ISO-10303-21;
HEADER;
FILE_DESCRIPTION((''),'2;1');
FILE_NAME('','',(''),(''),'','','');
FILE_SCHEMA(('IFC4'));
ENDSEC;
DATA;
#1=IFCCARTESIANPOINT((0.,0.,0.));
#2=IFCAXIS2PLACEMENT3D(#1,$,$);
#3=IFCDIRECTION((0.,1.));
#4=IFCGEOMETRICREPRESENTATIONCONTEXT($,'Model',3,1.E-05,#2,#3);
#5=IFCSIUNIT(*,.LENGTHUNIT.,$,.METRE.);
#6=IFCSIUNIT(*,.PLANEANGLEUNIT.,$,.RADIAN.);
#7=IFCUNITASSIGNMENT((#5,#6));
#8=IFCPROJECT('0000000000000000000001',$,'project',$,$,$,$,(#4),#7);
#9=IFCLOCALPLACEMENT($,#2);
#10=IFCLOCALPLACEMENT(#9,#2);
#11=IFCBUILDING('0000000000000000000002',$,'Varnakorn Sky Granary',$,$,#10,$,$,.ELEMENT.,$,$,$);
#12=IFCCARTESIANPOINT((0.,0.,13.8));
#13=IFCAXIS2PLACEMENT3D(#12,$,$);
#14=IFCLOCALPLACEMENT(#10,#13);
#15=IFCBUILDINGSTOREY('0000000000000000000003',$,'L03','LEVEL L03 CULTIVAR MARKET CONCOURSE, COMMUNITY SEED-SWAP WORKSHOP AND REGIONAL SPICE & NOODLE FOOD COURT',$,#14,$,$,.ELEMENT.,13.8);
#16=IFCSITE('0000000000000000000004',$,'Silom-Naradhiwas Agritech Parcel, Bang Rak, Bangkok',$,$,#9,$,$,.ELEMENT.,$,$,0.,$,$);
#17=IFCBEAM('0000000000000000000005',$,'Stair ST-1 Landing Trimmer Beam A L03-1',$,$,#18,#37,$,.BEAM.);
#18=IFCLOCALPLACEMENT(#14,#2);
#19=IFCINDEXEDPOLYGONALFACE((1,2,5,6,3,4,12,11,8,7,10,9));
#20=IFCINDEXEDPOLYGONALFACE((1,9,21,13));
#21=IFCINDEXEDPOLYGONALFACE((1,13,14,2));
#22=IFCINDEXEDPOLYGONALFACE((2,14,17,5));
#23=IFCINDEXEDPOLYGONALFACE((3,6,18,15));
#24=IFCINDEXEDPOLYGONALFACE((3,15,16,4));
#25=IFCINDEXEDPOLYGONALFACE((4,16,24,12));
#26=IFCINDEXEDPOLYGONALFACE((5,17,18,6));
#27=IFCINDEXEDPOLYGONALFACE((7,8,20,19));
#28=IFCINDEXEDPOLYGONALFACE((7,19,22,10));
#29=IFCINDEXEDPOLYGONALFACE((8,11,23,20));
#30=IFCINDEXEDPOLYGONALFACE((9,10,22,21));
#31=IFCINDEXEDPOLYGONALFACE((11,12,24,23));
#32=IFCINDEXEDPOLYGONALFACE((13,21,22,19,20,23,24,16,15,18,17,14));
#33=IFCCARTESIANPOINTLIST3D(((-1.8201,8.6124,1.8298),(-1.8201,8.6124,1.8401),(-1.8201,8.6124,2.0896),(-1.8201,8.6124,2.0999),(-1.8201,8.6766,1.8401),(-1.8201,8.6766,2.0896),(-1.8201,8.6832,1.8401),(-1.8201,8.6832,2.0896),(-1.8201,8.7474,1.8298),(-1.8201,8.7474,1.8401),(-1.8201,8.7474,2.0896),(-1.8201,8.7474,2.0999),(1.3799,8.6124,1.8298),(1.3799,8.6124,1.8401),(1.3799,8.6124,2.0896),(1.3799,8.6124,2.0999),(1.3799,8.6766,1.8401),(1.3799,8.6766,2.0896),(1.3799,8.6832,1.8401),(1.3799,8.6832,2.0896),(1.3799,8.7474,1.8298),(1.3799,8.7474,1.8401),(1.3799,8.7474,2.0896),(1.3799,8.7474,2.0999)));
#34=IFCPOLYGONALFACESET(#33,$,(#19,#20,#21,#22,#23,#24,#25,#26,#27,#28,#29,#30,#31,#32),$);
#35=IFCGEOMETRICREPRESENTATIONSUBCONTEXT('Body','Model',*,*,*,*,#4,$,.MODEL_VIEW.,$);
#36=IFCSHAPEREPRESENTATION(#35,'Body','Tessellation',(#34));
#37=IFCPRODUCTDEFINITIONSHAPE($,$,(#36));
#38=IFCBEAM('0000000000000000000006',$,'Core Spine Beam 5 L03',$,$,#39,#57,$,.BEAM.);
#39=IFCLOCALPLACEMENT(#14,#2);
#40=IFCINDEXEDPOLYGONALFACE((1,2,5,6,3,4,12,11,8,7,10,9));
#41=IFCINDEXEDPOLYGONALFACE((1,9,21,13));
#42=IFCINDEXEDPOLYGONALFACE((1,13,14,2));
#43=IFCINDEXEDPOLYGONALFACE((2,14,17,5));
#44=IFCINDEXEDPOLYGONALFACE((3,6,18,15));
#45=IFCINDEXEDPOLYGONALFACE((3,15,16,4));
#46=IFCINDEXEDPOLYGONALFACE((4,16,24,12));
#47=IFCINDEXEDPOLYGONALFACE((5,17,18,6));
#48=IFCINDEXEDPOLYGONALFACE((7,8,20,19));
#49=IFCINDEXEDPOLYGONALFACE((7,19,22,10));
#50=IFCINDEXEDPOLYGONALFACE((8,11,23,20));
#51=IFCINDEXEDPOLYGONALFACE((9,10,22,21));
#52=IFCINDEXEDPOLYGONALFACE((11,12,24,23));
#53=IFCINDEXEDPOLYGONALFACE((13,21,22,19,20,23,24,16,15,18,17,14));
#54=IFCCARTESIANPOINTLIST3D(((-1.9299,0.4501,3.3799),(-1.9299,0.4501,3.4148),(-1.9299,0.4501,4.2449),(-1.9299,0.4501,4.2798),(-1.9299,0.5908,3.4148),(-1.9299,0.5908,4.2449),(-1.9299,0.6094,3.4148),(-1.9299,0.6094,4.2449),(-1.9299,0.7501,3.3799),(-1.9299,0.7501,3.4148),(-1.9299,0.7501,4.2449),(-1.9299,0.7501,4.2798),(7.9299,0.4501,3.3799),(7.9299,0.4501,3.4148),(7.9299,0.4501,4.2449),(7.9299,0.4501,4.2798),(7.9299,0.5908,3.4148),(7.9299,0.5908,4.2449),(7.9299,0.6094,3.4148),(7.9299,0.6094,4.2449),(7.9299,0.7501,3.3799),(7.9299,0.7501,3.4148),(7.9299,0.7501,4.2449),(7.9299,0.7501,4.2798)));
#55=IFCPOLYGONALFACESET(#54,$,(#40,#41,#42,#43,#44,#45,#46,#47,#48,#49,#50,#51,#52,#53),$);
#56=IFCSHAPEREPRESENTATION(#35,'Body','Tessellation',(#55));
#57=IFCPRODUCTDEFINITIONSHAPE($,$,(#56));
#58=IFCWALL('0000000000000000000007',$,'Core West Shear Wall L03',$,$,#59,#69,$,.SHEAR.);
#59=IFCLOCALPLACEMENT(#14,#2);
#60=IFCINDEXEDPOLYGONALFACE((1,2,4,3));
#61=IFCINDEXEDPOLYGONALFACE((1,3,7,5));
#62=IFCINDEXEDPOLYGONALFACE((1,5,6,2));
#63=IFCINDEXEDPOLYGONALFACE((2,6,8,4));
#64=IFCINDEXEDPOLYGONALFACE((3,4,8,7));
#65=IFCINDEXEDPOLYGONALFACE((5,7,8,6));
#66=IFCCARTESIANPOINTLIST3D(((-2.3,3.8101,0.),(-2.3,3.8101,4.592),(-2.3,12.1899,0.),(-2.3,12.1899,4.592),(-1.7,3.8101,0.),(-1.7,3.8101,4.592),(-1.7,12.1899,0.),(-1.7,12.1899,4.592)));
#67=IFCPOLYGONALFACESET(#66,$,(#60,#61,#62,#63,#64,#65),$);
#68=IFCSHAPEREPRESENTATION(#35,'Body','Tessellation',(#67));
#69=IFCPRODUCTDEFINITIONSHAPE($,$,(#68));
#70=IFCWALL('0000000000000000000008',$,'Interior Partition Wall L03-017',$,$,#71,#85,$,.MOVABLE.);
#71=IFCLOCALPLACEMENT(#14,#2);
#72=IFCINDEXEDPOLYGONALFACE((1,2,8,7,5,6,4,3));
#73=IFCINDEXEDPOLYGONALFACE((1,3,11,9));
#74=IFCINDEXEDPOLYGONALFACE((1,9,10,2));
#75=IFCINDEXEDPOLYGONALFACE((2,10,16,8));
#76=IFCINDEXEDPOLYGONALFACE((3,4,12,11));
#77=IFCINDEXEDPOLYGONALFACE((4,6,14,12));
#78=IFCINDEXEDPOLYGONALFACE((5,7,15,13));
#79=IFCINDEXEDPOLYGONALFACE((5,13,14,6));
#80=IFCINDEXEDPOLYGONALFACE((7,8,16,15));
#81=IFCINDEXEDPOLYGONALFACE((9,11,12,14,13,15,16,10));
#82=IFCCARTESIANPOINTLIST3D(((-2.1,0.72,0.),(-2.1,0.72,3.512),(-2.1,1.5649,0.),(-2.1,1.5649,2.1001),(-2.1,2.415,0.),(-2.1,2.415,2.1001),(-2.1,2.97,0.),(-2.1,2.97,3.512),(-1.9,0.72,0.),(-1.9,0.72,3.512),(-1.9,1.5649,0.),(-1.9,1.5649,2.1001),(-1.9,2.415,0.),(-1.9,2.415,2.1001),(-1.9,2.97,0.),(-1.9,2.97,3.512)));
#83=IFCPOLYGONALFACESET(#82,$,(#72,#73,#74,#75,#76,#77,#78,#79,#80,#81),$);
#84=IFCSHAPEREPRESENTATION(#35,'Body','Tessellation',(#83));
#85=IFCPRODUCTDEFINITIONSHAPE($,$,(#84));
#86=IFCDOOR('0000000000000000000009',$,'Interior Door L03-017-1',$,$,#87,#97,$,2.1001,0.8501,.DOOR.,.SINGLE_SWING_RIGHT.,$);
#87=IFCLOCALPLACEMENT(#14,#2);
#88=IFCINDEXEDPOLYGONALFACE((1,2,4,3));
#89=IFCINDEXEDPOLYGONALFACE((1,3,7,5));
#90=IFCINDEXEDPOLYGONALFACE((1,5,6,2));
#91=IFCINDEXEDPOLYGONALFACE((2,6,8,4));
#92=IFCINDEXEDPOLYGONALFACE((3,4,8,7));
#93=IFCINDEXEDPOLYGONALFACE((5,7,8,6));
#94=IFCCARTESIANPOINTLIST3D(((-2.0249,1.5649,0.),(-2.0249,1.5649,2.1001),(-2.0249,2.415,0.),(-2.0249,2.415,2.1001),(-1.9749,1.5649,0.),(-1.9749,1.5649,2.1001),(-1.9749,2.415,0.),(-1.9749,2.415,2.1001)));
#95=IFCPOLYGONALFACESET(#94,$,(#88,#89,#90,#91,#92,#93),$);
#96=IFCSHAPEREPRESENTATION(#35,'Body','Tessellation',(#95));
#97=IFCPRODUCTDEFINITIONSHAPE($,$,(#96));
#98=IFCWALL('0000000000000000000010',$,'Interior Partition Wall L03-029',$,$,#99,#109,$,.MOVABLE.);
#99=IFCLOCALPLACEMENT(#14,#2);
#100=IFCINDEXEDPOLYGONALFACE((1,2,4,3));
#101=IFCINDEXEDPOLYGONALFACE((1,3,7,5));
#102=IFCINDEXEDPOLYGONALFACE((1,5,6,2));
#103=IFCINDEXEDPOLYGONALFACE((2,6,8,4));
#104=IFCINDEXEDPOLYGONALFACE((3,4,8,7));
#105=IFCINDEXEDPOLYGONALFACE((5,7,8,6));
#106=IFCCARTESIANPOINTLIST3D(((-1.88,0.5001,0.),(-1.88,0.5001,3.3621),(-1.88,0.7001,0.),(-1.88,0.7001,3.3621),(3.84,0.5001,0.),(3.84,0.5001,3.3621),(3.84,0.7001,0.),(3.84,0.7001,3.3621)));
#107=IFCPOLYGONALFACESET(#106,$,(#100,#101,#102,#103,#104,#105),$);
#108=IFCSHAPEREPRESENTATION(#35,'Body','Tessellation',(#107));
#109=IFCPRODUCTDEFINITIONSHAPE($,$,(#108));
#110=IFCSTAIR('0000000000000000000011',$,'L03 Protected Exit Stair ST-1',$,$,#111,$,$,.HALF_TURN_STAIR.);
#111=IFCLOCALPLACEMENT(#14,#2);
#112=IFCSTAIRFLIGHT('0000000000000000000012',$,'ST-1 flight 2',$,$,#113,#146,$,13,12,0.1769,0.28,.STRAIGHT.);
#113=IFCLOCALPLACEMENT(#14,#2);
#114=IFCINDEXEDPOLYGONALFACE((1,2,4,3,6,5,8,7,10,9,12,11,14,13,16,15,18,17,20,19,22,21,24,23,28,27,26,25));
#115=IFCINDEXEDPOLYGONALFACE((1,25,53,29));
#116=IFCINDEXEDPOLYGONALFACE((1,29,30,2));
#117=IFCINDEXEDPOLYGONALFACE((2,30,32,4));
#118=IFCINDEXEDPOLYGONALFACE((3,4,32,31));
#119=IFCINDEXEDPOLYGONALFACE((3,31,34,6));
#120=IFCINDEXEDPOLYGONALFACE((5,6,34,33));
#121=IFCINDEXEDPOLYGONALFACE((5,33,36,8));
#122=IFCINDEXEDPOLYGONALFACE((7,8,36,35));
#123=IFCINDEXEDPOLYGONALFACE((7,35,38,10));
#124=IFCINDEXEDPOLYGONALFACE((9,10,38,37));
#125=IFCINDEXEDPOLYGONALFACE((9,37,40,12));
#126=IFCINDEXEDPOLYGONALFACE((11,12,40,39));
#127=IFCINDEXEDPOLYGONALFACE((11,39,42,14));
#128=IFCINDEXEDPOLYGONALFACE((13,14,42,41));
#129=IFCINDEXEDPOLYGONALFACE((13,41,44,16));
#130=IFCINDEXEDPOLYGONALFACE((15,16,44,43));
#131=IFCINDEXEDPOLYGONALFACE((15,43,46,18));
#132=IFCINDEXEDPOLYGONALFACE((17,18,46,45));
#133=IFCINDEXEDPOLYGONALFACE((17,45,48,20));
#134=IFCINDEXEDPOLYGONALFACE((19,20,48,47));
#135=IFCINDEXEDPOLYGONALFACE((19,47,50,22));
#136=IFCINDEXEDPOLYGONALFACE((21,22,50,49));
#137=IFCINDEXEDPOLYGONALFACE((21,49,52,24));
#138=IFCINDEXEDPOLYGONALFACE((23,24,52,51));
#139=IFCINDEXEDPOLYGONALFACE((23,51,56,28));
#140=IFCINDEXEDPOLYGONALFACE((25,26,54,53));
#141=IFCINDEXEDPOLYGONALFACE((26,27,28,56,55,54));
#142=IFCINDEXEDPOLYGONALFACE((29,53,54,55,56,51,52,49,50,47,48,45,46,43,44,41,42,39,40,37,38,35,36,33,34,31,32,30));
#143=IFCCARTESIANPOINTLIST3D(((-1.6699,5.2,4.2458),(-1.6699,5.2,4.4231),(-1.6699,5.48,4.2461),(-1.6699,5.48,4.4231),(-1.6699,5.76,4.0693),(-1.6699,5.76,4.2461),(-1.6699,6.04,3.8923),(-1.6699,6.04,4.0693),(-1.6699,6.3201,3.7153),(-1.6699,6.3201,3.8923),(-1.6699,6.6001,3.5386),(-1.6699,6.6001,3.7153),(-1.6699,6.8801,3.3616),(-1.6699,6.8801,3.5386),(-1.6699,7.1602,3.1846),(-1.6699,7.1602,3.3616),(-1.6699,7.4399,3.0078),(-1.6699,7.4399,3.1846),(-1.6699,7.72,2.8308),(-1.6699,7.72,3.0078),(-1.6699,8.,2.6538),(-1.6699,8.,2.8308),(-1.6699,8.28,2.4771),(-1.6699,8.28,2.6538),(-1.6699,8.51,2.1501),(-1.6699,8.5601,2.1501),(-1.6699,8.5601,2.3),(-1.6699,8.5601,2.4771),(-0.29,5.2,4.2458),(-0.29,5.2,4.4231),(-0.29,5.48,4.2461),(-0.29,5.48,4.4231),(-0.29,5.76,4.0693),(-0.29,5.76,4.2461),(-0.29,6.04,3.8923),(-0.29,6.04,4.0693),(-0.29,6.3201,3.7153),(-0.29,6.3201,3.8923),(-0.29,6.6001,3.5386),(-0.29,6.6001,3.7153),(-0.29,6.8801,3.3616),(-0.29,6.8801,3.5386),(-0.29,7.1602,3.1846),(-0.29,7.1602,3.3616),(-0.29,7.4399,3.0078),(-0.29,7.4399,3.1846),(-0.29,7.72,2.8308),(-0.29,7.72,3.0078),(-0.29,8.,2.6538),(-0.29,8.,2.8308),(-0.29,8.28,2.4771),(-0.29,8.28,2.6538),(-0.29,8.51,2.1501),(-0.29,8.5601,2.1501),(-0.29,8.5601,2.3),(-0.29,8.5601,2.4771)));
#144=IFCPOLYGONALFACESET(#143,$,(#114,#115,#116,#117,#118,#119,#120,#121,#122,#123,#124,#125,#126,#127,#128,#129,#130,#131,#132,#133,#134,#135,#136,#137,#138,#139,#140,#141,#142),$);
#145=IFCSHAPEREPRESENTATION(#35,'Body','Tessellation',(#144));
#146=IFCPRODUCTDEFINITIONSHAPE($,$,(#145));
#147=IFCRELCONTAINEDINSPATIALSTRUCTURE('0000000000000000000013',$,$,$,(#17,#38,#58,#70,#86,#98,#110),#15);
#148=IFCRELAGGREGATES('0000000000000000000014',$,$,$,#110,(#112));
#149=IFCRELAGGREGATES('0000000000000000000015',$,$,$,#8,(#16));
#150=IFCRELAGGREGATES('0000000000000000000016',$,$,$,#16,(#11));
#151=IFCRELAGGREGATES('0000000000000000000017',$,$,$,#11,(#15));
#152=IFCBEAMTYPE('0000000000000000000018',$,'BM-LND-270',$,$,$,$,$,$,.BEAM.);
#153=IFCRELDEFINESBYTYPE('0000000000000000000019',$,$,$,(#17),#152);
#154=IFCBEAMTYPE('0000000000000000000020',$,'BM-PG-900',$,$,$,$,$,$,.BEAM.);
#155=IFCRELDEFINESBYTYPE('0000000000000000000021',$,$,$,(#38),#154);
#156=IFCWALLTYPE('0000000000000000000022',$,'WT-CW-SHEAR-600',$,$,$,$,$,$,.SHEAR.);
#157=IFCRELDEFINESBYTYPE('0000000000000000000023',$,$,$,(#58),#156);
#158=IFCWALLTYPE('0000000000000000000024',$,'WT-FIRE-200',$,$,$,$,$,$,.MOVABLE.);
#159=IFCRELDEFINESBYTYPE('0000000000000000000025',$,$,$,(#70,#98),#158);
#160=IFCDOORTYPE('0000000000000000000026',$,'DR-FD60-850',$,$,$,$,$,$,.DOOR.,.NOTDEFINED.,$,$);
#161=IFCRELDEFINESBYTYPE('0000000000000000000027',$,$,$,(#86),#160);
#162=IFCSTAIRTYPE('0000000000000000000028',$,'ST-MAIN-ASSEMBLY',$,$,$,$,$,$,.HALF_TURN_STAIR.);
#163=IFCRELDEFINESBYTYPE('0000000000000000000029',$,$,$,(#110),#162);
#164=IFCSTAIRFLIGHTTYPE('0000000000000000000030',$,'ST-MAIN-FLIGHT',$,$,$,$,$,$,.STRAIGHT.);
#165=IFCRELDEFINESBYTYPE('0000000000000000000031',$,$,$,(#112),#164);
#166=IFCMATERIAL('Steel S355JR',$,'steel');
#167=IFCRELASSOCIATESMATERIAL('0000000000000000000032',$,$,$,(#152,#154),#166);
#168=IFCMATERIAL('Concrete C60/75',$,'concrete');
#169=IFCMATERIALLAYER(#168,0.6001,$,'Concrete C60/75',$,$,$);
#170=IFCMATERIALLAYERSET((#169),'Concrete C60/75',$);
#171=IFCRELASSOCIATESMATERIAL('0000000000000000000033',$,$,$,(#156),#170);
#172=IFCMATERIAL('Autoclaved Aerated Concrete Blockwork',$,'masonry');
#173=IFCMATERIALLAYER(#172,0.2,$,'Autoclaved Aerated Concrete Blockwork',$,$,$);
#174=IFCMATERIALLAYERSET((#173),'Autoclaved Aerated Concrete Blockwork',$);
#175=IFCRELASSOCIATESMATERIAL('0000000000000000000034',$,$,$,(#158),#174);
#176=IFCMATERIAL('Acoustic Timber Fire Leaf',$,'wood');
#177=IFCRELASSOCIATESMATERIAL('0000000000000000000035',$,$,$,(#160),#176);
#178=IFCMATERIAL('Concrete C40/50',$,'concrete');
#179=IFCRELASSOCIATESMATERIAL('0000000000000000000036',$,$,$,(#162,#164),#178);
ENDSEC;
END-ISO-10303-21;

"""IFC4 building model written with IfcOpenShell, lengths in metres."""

from ifc_helpers import new_model, si_unit, direction, frame, frame_2d, origin, origin_2d, place, context, subcontext, project, spatial, polyline, rectangle, i_section, outline, extrude, material, layer, layer_set, material_profile, profile_set, type_object, element, fill, aggregate, save


model = new_model("IFC4")

# Units and contexts
model_context = context("Model", 3, precision=1e-05, world=origin(), true_north=direction((0.0, 1.0)))
body_context = subcontext(model_context, "Body", "Model", "MODEL_VIEW")
ifc_project = project(units=[si_unit("LENGTHUNIT", "METRE"), si_unit("PLANEANGLEUNIT", "RADIAN")], contexts=[model_context])

# Site, building, storey
site_placement = place(None, origin())
site = spatial("IfcSite", under=ifc_project, at=site_placement, Name="Silom-Naradhiwas Agritech Parcel, Bang Rak, Bangkok", CompositionType="ELEMENT", RefElevation=0.0)
building_placement = place(site_placement, origin())
building = spatial("IfcBuilding", under=site, at=building_placement, Name="Varnakorn Sky Granary", CompositionType="ELEMENT")
storey_placement = place(building_placement, frame((0.0, 0.0, 13.8)))
storey = spatial("IfcBuildingStorey", under=building, at=storey_placement, Name="L03", Description="LEVEL L03 CULTIVAR MARKET CONCOURSE, COMMUNITY SEED-SWAP WORKSHOP AND REGIONAL SPICE & NOODLE FOOD COURT", CompositionType="ELEMENT", Elevation=13.8)

# Beams
ifc_material_1 = material(Name="Steel S355JR", Category="steel")
ifc_material_profile_1 = material_profile(ifc_material_1, i_section(OverallWidth=0.135, OverallDepth=0.27, WebThickness=0.0066, FlangeThickness=0.0103, at=origin_2d()), Name="IPE 270")
ifc_profile_set_1 = profile_set([ifc_material_profile_1], Name="Steel S355JR")
beam_type_1 = type_object("IfcBeamType", Name="BM-LND-270", PredefinedType="BEAM", material=ifc_profile_set_1)
beam_1_placement = place(storey_placement, frame((-1.8201, 8.6799, 1.9648), z_axis=(1.0, 0.0, 0.0), x_axis=(0.0, 1.0, 0.0)))
element("IfcBeam", 1, at=beam_1_placement, inside=storey, type_object=beam_type_1, Name="Stair ST-1 Landing Trimmer Beam A L03-1", PredefinedType="BEAM", context=body_context, shape_type="SweptSolid", body=[
    extrude(i_section(OverallWidth=0.135, OverallDepth=0.27, WebThickness=0.0066, FlangeThickness=0.0103, at=origin_2d()), origin(), (0.0, 0.0, 1.0), 3.2),
])
ifc_material_profile_2 = material_profile(ifc_material_1, i_section(OverallWidth=0.3, OverallDepth=0.8999, WebThickness=0.0186, FlangeThickness=0.0349, at=origin_2d()), Name="HE 900 B")
ifc_profile_set_2 = profile_set([ifc_material_profile_2], Name="Steel S355JR")
beam_type_2 = type_object("IfcBeamType", Name="BM-PG-900", PredefinedType="BEAM", material=ifc_profile_set_2)
beam_2_placement = place(storey_placement, frame((-1.9299, 0.6001, 3.8298), z_axis=(1.0, 0.0, 0.0), x_axis=(0.0, 1.0, 0.0)))
element("IfcBeam", 2, at=beam_2_placement, inside=storey, type_object=beam_type_2, Name="Core Spine Beam 5 L03", PredefinedType="BEAM", context=body_context, shape_type="SweptSolid", body=[
    extrude(i_section(OverallWidth=0.3, OverallDepth=0.8999, WebThickness=0.0186, FlangeThickness=0.0349, at=origin_2d()), origin(), (0.0, 0.0, 1.0), 9.8599),
])

# Shared definitions
ifc_material_2 = material(Name="Concrete C60/75", Category="concrete")
ifc_layer_1 = layer(ifc_material_2, 0.6001, Name="Concrete C60/75")
ifc_layer_set_1 = layer_set([ifc_layer_1], Name="Concrete C60/75")
wall_type_1 = type_object("IfcWallType", Name="WT-CW-SHEAR-600", PredefinedType="SHEAR", material=ifc_layer_set_1)

# Wall
wall_1_placement = place(storey_placement, frame((-2.0, 3.8101, 0.0), z_axis=(0.0, 0.0, 1.0), x_axis=(0.0, 1.0, 0.0)))
element("IfcWall", 3, at=wall_1_placement, inside=storey, type_object=wall_type_1, Name="Core West Shear Wall L03", PredefinedType="SHEAR", context=body_context, shape_type="SweptSolid", body=[
    extrude(rectangle(XDim=8.3799, YDim=0.6001, at=frame_2d((4.1899, 0.0))), origin(), (0.0, 0.0, 1.0), 4.592),
])

# Wall, opening, door
ifc_material_3 = material(Name="Autoclaved Aerated Concrete Blockwork", Category="masonry")
ifc_layer_2 = layer(ifc_material_3, 0.2, Name="Autoclaved Aerated Concrete Blockwork")
ifc_layer_set_2 = layer_set([ifc_layer_2], Name="Autoclaved Aerated Concrete Blockwork")
wall_type_2 = type_object("IfcWallType", Name="WT-FIRE-200", PredefinedType="MOVABLE", material=ifc_layer_set_2)
wall_2_placement = place(storey_placement, frame((-2.0, 0.72, 0.0), z_axis=(0.0, 0.0, 1.0), x_axis=(0.0, 1.0, 0.0)))
wall_2 = element("IfcWall", 4, at=wall_2_placement, inside=storey, type_object=wall_type_2, Name="Interior Partition Wall L03-017", PredefinedType="MOVABLE", context=body_context, shape_type="SweptSolid", body=[
    extrude(rectangle(XDim=2.25, YDim=0.2, at=frame_2d((1.125, 0.0))), origin(), (0.0, 0.0, 1.0), 3.512),
])
opening_1_placement = place(wall_2_placement, frame((0.845, 0.0, 0.0)))
opening_1 = element("IfcOpeningElement", 5, at=opening_1_placement, cuts=wall_2, PredefinedType="OPENING", context=body_context, shape_type="SweptSolid", body=[
    extrude(rectangle(XDim=0.8501, YDim=2.1001, at=frame_2d((0.425, 1.05))), frame((0.0, 0.1099, 0.0), z_axis=(0.0, -1.0, 0.0), x_axis=(1.0, 0.0, 0.0)), (0.0, 0.0, 1.0), 0.22),
])
ifc_material_4 = material(Name="Acoustic Timber Fire Leaf", Category="wood")
door_type_1 = type_object("IfcDoorType", Name="DR-FD60-850", OperationType="NOTDEFINED", PredefinedType="DOOR", material=ifc_material_4)
door_1_placement = place(opening_1_placement, origin())
door_1 = element("IfcDoor", 6, at=door_1_placement, inside=storey, type_object=door_type_1, Name="Interior Door L03-017-1", OperationType="SINGLE_SWING_RIGHT", OverallHeight=2.1001, OverallWidth=0.8501, PredefinedType="DOOR", context=body_context, shape_type="SweptSolid", body=[
    extrude(rectangle(XDim=0.8501, YDim=2.1001, at=frame_2d((0.425, 1.05))), frame((0.0, 0.0249, 0.0), z_axis=(0.0, -1.0, 0.0), x_axis=(1.0, 0.0, 0.0)), (0.0, 0.0, 1.0), 0.05),
])
fill(opening_1, door_1)

# Wall
wall_3_placement = place(storey_placement, frame((-1.8799, 0.6001, 0.0), z_axis=(0.0, 0.0, 1.0), x_axis=(1.0, 0.0, 0.0)))
element("IfcWall", 7, at=wall_3_placement, inside=storey, type_object=wall_type_2, Name="Interior Partition Wall L03-029", PredefinedType="MOVABLE", context=body_context, shape_type="SweptSolid", body=[
    extrude(rectangle(XDim=5.72, YDim=0.2, at=frame_2d((2.8599, 0.0))), origin(), (0.0, 0.0, 1.0), 3.3621),
])

# Stair, stair flight
ifc_material_5 = material(Name="Concrete C40/50", Category="concrete")
stair_type = type_object("IfcStairType", Name="ST-MAIN-ASSEMBLY", PredefinedType="HALF_TURN_STAIR", material=ifc_material_5)
stair_placement = place(storey_placement, origin())
stair = element("IfcStair", 8, at=stair_placement, inside=storey, type_object=stair_type, Name="L03 Protected Exit Stair ST-1", PredefinedType="HALF_TURN_STAIR")
stair_flight_type = type_object("IfcStairFlightType", Name="ST-MAIN-FLIGHT", PredefinedType="STRAIGHT", material=ifc_material_5)
stair_flight_placement = place(storey_placement, frame((-0.98, 8.5601, 2.3), z_axis=(0.0, 0.0, 1.0), x_axis=(0.0, -1.0, 0.0)))
stair_flight = element("IfcStairFlight", 9, at=stair_flight_placement, type_object=stair_flight_type, Name="ST-1 flight 2", NumberOfRisers=13, NumberOfTreads=12, PredefinedType="STRAIGHT", RiserHeight=0.1769, TreadLength=0.28, context=body_context, shape_type="SweptSolid", body=[
    extrude(outline(polyline([(0.0, -0.1499), (0.0, 0.0), (0.0, 0.177), (0.28, 0.177), (0.28, 0.3538), (0.5601, 0.3538), (0.5601, 0.5308), (0.8401, 0.5308), (0.8401, 0.7078), (1.1201, 0.7078), (1.1201, 0.8845), (1.3999, 0.8845), (1.3999, 1.0615), (1.6799, 1.0615), (1.6799, 1.2385), (1.96, 1.2385), (1.96, 1.4153), (2.24, 1.4153), (2.24, 1.5923), (2.52, 1.5923), (2.52, 1.7693), (2.8, 1.7693), (2.8, 1.946), (3.0801, 1.946), (3.0801, 2.123), (3.3601, 2.123), (3.3601, 2.3), (3.3601, 1.9458), (0.05, -0.1499), (0.0, -0.1499)])), frame((0.0, 0.6899, 0.0), z_axis=(0.0, -1.0, 0.0), x_axis=(1.0, 0.0, 0.0)), (0.0, 0.0, 1.0), 1.3799),
])
aggregate(stair, [stair_flight])

save(model, "model.ifc")
